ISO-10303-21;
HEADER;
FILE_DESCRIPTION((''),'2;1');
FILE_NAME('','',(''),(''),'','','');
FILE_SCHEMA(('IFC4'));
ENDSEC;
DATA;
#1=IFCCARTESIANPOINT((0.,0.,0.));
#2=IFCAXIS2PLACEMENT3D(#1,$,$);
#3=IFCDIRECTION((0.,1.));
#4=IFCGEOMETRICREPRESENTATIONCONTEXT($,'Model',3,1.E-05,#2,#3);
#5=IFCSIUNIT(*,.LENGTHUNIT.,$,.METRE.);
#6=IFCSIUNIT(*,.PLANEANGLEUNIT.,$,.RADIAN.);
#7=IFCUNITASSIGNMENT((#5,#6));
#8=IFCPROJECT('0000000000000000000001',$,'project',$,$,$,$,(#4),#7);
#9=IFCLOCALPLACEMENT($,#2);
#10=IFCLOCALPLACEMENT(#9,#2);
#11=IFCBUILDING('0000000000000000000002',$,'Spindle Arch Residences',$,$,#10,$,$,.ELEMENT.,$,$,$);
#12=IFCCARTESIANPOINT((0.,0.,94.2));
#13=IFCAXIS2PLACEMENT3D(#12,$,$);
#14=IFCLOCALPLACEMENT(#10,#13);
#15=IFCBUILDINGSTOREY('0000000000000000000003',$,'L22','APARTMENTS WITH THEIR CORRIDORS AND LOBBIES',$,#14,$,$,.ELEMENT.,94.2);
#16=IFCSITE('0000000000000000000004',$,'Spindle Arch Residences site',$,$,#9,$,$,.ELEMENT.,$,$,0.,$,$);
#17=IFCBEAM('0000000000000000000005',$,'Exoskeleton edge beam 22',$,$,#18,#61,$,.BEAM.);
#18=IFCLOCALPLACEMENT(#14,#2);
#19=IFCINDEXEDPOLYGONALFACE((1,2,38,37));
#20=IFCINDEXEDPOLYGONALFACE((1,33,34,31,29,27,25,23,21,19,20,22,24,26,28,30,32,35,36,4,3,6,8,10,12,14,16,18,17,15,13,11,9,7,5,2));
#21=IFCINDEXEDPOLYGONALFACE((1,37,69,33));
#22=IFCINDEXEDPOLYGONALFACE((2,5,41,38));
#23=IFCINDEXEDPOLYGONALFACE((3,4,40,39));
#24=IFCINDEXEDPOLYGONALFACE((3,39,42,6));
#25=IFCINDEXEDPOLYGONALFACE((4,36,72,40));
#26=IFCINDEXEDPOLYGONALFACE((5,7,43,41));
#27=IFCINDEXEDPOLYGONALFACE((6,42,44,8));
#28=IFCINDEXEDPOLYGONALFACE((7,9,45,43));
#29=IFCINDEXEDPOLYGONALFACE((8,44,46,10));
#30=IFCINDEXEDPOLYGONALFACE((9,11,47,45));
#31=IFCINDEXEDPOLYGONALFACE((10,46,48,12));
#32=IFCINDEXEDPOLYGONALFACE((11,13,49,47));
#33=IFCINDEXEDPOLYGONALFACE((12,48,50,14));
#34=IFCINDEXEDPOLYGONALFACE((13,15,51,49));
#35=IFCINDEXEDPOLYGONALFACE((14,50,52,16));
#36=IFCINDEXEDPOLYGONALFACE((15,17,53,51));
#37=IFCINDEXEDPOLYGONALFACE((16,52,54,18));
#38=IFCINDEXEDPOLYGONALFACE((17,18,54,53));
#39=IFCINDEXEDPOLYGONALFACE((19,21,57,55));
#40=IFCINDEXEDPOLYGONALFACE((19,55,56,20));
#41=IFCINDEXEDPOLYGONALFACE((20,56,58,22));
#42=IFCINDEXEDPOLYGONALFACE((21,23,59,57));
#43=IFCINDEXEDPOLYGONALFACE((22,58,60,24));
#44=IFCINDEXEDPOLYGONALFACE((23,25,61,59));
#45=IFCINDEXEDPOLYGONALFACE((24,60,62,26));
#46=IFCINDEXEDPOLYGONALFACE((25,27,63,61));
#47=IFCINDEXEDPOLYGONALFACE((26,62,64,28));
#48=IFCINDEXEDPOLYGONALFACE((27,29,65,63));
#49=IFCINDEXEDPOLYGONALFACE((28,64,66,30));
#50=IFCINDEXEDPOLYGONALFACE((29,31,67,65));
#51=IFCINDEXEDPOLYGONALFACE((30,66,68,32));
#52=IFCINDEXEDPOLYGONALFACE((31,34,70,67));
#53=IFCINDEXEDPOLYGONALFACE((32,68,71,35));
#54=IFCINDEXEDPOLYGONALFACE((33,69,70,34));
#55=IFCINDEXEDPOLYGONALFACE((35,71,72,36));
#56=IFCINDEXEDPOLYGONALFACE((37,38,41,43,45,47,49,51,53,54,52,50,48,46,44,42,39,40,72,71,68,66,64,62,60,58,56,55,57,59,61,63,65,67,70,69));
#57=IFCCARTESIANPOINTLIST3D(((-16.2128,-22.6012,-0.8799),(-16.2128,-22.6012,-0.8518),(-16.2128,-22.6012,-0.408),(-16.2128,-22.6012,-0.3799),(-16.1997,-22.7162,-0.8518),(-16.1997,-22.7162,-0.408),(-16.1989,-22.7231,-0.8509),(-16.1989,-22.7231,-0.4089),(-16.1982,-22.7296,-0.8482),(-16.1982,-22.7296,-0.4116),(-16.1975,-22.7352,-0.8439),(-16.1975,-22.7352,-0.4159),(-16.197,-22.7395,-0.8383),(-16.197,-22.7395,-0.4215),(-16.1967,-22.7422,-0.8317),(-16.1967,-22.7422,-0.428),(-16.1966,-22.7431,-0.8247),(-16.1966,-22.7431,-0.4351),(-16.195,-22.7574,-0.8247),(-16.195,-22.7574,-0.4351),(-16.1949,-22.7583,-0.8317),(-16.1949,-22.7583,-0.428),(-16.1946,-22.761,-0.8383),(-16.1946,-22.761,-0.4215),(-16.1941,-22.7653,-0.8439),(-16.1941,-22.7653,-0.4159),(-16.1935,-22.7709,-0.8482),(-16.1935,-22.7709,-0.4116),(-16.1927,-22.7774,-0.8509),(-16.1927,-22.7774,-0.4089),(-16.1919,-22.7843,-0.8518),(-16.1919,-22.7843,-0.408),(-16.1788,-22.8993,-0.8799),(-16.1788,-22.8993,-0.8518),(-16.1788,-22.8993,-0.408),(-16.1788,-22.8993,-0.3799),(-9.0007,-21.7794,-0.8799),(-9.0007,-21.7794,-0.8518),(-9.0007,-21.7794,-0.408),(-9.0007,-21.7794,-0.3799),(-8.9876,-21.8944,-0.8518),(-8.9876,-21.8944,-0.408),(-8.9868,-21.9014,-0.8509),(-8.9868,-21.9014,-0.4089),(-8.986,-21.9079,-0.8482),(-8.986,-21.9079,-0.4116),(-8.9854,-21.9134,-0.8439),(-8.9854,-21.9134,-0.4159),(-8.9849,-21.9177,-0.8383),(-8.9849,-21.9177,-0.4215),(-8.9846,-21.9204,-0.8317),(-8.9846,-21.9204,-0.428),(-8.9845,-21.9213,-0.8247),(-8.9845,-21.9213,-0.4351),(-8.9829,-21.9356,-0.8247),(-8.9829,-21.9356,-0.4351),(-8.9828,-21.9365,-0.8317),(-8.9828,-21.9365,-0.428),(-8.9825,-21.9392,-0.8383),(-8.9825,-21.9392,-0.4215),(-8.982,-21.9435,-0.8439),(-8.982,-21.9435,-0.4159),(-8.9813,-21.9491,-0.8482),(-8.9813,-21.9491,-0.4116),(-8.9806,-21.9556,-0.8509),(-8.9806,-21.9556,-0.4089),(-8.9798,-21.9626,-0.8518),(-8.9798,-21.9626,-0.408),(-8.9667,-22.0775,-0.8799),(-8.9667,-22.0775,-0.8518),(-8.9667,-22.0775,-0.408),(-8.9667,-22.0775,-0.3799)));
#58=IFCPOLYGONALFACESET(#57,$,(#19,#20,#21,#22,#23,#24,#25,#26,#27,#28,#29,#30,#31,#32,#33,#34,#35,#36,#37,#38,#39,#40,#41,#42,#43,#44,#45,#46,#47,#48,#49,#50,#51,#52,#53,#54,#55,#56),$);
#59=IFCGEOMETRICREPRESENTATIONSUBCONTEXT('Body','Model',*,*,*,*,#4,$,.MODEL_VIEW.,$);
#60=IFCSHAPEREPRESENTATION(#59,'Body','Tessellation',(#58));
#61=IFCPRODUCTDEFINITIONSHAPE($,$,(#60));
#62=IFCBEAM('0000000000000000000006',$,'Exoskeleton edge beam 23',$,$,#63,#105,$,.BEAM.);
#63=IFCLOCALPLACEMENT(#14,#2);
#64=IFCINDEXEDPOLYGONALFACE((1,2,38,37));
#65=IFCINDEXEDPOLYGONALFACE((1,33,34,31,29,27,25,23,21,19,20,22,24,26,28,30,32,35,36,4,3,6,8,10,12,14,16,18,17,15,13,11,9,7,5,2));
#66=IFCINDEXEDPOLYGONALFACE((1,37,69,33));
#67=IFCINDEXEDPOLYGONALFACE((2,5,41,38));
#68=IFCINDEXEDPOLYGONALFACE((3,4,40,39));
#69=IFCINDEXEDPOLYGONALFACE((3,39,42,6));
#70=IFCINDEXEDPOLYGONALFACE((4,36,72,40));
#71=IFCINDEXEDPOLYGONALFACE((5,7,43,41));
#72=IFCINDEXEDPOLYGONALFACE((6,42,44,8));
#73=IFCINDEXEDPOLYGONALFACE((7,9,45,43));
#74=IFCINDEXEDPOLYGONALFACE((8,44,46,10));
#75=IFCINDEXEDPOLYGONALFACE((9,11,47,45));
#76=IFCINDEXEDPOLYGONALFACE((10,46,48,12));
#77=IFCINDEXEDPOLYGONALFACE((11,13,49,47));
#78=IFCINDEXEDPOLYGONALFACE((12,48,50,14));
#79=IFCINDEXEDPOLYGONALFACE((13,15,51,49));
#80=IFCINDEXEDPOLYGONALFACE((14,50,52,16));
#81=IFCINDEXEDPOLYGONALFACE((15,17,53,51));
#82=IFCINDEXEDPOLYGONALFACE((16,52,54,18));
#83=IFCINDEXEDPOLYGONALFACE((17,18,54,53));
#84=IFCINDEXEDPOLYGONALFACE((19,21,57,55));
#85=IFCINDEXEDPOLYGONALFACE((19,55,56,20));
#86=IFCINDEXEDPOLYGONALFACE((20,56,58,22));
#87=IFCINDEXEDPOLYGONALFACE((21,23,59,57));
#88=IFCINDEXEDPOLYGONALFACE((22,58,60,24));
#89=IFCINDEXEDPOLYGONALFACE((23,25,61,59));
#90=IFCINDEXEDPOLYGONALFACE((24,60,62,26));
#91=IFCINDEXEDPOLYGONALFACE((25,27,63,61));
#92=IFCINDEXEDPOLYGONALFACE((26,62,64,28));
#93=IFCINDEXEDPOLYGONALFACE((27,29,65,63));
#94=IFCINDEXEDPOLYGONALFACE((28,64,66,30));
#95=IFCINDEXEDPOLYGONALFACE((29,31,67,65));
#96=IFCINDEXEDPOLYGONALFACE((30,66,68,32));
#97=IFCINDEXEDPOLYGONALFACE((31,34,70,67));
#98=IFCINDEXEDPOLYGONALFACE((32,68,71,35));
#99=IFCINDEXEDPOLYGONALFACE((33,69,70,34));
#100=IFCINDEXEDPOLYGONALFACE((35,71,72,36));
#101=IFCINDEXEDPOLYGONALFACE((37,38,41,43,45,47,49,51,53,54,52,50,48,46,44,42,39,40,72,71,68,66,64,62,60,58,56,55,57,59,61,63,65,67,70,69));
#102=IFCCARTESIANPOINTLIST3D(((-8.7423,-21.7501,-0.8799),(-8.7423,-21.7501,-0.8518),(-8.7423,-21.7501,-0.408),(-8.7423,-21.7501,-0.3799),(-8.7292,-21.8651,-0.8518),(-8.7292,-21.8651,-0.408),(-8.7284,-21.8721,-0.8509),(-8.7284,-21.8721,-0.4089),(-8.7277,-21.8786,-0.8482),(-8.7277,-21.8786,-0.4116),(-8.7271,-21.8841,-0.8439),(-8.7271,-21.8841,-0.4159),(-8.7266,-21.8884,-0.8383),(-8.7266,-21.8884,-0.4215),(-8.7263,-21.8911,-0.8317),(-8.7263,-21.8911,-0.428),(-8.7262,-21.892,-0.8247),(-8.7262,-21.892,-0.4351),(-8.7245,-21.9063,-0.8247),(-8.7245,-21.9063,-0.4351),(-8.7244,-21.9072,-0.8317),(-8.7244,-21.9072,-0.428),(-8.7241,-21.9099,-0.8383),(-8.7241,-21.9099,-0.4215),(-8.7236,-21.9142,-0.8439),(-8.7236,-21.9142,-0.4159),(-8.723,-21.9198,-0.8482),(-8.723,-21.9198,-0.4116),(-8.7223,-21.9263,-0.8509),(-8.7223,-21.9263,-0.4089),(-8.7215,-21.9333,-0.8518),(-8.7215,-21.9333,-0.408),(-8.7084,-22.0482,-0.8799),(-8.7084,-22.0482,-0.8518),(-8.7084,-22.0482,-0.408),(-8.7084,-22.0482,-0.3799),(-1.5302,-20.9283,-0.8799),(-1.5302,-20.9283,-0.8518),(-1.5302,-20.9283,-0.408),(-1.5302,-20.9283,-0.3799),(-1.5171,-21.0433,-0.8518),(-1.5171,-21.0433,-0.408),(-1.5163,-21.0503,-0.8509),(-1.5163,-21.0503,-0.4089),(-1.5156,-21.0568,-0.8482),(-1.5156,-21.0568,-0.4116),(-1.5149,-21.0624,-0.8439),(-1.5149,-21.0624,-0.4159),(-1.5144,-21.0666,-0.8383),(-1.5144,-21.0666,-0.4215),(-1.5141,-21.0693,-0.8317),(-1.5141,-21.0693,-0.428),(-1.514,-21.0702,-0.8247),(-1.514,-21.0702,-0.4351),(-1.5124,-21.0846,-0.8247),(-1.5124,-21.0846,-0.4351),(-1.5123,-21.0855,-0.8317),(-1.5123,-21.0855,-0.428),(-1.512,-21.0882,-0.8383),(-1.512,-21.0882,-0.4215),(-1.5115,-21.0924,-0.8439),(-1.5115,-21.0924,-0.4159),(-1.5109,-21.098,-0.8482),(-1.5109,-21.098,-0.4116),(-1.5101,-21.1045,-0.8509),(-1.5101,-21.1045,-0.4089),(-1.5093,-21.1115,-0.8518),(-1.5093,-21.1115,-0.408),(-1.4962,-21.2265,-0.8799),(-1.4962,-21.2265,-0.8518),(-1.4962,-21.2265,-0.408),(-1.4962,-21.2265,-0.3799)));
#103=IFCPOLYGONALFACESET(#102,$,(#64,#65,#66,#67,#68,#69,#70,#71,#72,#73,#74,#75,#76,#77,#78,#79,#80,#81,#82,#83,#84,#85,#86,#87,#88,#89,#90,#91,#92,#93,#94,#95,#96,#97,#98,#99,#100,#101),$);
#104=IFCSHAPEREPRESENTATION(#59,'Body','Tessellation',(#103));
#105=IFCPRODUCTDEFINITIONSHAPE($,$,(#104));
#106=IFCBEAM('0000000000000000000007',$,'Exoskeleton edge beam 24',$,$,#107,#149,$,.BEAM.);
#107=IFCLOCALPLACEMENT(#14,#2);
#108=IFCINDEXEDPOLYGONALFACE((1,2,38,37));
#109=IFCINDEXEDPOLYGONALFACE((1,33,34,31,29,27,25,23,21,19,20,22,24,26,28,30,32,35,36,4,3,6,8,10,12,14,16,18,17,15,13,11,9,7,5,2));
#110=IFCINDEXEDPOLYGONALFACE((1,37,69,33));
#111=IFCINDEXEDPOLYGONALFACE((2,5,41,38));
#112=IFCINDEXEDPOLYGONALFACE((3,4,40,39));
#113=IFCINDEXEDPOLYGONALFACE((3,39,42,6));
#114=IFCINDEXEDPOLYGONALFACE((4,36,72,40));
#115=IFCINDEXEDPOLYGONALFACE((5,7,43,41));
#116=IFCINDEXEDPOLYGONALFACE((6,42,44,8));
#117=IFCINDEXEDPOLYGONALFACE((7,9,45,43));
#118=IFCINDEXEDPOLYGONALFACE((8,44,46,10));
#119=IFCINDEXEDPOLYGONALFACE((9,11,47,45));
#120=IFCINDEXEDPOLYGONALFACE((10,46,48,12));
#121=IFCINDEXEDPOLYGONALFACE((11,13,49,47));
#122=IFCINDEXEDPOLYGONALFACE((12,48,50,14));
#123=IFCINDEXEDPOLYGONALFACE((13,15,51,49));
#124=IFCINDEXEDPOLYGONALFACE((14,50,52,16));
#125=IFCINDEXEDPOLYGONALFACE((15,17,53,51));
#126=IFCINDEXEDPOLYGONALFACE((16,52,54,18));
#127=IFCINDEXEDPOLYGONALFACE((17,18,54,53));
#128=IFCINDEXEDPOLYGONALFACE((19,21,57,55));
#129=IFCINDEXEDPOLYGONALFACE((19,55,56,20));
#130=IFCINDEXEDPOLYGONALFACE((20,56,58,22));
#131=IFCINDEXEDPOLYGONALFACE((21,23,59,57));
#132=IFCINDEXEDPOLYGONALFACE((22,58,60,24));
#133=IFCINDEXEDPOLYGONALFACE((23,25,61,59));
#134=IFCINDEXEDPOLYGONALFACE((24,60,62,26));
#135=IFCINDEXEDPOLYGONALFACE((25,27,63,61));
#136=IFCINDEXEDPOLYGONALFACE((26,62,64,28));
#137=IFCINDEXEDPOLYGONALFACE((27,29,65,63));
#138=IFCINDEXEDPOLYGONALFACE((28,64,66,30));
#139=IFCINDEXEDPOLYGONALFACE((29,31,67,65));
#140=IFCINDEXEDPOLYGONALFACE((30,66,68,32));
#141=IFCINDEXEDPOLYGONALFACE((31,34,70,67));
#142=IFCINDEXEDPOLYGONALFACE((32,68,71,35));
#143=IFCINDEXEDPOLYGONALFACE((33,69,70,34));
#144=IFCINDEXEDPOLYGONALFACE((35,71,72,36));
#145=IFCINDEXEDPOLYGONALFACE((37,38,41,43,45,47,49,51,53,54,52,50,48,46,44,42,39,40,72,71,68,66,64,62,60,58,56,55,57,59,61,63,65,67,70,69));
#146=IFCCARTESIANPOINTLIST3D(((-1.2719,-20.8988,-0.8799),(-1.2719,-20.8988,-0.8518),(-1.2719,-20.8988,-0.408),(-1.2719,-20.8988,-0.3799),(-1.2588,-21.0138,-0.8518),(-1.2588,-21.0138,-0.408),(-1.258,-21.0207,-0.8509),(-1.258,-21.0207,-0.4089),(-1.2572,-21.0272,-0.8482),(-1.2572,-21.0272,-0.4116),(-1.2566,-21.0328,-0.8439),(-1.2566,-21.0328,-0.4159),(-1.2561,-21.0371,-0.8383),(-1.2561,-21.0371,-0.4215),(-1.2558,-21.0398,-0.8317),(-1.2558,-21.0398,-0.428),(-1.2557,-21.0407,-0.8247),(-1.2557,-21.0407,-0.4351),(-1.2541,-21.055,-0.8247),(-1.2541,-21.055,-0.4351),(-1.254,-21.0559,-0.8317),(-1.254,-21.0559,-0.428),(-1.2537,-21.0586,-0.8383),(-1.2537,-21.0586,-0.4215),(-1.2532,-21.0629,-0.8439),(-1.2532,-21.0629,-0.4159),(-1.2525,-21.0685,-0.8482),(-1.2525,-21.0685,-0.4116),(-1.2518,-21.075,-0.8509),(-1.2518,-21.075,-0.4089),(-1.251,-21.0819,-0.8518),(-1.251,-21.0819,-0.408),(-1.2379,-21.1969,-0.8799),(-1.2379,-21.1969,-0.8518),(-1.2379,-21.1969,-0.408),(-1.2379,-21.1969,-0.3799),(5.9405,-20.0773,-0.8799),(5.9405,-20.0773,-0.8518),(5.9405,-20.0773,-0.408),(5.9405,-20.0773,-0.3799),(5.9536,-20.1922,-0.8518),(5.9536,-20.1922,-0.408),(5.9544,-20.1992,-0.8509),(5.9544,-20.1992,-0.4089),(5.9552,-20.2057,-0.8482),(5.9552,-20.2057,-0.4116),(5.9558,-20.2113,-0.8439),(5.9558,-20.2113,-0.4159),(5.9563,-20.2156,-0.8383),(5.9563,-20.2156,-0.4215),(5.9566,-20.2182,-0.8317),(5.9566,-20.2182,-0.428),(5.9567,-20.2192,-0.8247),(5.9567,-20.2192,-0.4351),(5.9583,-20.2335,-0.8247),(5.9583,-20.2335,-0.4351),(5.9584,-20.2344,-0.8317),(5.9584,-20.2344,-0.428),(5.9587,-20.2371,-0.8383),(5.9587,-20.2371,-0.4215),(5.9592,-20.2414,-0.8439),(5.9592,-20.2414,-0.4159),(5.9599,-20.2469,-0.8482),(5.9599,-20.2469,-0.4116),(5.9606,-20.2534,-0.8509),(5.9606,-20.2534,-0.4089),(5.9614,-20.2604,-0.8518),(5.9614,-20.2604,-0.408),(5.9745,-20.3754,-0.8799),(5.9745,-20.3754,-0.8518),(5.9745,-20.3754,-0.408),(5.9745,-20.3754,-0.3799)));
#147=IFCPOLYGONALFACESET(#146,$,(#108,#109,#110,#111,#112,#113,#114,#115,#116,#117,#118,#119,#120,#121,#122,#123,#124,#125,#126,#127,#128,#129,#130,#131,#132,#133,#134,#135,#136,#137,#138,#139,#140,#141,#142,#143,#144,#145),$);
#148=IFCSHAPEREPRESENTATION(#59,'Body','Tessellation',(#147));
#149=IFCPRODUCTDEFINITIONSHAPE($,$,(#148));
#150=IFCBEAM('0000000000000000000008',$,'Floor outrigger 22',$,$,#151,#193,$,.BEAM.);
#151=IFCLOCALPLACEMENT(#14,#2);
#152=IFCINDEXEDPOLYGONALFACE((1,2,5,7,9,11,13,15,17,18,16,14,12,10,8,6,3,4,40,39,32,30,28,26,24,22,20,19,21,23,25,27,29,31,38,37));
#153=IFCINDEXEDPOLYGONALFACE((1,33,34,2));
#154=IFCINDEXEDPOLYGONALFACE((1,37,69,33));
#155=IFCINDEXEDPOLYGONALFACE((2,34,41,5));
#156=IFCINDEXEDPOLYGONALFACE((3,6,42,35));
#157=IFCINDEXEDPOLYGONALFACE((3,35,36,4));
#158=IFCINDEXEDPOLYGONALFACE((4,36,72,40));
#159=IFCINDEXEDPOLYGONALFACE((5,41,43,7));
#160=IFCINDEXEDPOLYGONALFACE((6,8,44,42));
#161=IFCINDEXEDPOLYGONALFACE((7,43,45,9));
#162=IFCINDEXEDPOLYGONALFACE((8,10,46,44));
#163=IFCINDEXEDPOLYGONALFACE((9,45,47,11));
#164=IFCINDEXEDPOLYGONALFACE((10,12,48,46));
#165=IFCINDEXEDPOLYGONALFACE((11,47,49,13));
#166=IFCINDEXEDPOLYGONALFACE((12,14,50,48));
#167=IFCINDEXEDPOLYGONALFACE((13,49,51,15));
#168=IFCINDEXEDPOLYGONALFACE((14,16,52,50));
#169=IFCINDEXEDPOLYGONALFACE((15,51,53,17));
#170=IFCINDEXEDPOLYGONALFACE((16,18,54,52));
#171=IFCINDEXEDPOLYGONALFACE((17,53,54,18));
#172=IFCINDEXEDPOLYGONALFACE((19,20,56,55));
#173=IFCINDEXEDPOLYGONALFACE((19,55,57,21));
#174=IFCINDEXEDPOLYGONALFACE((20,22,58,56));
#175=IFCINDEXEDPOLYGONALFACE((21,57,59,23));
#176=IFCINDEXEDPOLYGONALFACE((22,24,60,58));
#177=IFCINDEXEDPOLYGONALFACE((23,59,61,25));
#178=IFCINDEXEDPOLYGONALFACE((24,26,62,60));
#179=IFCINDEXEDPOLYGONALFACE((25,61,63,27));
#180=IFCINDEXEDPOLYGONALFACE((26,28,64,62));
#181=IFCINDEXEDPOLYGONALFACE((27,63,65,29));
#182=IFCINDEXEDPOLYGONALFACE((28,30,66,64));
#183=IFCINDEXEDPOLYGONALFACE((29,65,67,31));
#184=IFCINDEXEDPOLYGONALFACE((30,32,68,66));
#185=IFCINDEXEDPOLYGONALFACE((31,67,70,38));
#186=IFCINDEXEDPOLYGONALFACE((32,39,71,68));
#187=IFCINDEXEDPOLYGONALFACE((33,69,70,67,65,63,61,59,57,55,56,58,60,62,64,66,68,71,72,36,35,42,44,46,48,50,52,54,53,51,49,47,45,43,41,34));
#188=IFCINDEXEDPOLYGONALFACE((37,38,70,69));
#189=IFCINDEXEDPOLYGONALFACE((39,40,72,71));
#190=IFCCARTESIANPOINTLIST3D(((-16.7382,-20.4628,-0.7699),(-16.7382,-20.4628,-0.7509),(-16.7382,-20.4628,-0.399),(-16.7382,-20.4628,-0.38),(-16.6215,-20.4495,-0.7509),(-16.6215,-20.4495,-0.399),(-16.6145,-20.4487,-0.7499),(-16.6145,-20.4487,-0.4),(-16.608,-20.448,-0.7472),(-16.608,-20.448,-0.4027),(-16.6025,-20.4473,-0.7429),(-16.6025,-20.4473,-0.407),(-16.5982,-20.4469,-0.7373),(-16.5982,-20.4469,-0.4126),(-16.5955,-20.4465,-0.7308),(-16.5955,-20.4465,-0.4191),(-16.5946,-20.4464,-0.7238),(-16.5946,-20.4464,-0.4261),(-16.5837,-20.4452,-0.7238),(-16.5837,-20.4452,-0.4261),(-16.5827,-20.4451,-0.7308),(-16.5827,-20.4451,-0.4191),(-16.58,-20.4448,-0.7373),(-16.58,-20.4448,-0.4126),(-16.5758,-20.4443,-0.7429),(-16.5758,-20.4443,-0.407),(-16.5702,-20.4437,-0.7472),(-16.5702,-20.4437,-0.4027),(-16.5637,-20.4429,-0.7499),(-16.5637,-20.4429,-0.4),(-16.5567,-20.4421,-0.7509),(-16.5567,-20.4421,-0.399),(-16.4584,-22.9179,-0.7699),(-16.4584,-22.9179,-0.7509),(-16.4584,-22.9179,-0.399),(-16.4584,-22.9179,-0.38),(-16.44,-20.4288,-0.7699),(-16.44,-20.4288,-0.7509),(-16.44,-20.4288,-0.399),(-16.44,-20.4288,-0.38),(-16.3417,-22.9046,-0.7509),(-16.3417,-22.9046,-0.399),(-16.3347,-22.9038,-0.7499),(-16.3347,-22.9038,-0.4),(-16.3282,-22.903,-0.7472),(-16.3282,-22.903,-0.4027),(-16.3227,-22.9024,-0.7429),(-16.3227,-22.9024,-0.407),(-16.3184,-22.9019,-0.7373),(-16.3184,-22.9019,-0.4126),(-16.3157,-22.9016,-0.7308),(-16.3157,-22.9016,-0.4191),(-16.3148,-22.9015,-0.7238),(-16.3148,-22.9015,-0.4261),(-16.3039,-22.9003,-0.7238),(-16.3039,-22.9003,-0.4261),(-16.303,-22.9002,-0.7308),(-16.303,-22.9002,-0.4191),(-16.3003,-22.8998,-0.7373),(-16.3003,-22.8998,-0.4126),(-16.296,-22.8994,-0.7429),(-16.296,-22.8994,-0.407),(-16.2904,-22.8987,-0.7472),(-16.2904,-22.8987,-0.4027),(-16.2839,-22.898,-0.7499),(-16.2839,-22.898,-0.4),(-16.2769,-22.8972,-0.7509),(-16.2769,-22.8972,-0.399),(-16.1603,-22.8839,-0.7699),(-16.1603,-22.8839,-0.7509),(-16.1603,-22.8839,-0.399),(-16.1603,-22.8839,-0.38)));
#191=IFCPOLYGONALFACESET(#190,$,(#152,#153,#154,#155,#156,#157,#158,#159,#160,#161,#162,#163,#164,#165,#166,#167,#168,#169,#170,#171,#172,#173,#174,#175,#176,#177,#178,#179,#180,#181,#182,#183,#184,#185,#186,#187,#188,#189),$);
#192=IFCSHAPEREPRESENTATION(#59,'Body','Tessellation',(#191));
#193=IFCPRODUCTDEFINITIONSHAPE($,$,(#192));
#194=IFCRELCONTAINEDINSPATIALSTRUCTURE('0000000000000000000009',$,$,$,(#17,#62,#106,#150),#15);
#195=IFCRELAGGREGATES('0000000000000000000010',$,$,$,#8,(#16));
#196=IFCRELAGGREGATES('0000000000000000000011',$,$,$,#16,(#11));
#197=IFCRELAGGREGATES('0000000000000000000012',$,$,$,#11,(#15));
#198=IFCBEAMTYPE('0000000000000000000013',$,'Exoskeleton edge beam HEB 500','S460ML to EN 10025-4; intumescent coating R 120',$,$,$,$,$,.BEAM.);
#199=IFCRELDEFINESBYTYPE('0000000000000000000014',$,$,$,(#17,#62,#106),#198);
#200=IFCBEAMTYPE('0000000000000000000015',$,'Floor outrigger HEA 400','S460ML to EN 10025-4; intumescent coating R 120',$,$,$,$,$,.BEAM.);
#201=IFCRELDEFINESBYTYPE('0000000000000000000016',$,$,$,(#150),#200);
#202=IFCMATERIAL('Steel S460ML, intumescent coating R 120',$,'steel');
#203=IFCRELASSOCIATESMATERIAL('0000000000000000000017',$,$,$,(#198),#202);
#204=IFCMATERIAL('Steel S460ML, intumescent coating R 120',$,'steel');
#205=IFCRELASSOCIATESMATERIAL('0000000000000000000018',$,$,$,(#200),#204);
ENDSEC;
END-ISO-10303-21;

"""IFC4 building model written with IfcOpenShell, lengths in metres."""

from ifc_helpers import new_model, si_unit, direction, frame, origin, origin_2d, place, context, subcontext, project, spatial, i_section, extrude, material, material_profile, profile_set, type_object, element, save


model = new_model("IFC4")

# Units and contexts
model_context = context("Model", 3, precision=1e-05, world=origin(), true_north=direction((0.0, 1.0)))
body_context = subcontext(model_context, "Body", "Model", "MODEL_VIEW")
ifc_project = project(units=[si_unit("LENGTHUNIT", "METRE"), si_unit("PLANEANGLEUNIT", "RADIAN")], contexts=[model_context])

# Site, building, storey
site_placement = place(None, origin())
site = spatial("IfcSite", under=ifc_project, at=site_placement, Name="Spindle Arch Residences site", CompositionType="ELEMENT", RefElevation=0.0)
building_placement = place(site_placement, origin())
building = spatial("IfcBuilding", under=site, at=building_placement, Name="Spindle Arch Residences", CompositionType="ELEMENT")
storey_placement = place(building_placement, frame((0.0, 0.0, 94.2)))
storey = spatial("IfcBuildingStorey", under=building, at=storey_placement, Name="L22", Description="APARTMENTS WITH THEIR CORRIDORS AND LOBBIES", CompositionType="ELEMENT", Elevation=94.2)

# Beams
ifc_material_1 = material(Name="Steel S460ML, intumescent coating R 120", Category="steel")
ifc_material_profile_1 = material_profile(ifc_material_1, i_section(OverallWidth=0.3, OverallDepth=0.5, WebThickness=0.0144, FlangeThickness=0.0281, FilletRadius=0.0271, at=origin_2d()), Name="HEB 500")
ifc_profile_set_1 = profile_set([ifc_material_profile_1], Name="Steel S460ML, intumescent coating R 120")
beam_type_1 = type_object("IfcBeamType", Name="Exoskeleton edge beam HEB 500", Description="S460ML to EN 10025-4; intumescent coating R 120", PredefinedType="BEAM", material=ifc_profile_set_1)
for number, where, z_axis, x_axis, name in (
    (1, (-16.1958, -22.7502, -0.6299), (0.993571, 0.113211, 0.0), (-0.113211, 0.993571, 0.0), "Exoskeleton edge beam 22"),
    (2, (-8.7253, -21.8992, -0.6299), (0.993571, 0.113211, 0.0), (-0.113211, 0.993571, 0.0), "Exoskeleton edge beam 23"),
):
    element("IfcBeam", number, at=place(storey_placement, frame(where, z_axis=z_axis, x_axis=x_axis)), inside=storey, type_object=beam_type_1, Name=name, PredefinedType="BEAM", context=body_context, shape_type="SweptSolid", body=[
        extrude(i_section(OverallWidth=0.3, OverallDepth=0.5, WebThickness=0.0144, FlangeThickness=0.0281, FilletRadius=0.0271, at=origin_2d()), origin(), (0.0, 0.0, 1.0), 7.2588),
    ])
beam_1_placement = place(storey_placement, frame((-1.2549, -21.0479, -0.6299), z_axis=(0.993575, 0.113174, 0.0), x_axis=(-0.113174, 0.993575, 0.0)))
element("IfcBeam", 3, at=beam_1_placement, inside=storey, type_object=beam_type_1, Name="Exoskeleton edge beam 24", PredefinedType="BEAM", context=body_context, shape_type="SweptSolid", body=[
    extrude(i_section(OverallWidth=0.3, OverallDepth=0.5, WebThickness=0.0144, FlangeThickness=0.0281, FilletRadius=0.0271, at=origin_2d()), origin(), (0.0, 0.0, 1.0), 7.259),
])
ifc_material_2 = material(Name="Steel S460ML, intumescent coating R 120", Category="steel")
ifc_material_profile_2 = material_profile(ifc_material_2, i_section(OverallWidth=0.3, OverallDepth=0.3899, WebThickness=0.011, FlangeThickness=0.019, FilletRadius=0.0271, at=origin_2d()), Name="HEA 400")
ifc_profile_set_2 = profile_set([ifc_material_profile_2], Name="Steel S460ML, intumescent coating R 120")
beam_type_2 = type_object("IfcBeamType", Name="Floor outrigger HEA 400", Description="S460ML to EN 10025-4; intumescent coating R 120", PredefinedType="BEAM", material=ifc_profile_set_2)
beam_2_placement = place(storey_placement, frame((-16.3093, -22.9009, -0.575), z_axis=(-0.113229, 0.993569, 0.0), x_axis=(-0.993569, -0.113229, 0.0)))
element("IfcBeam", 4, at=beam_2_placement, inside=storey, type_object=beam_type_2, Name="Floor outrigger 22", PredefinedType="BEAM", context=body_context, shape_type="SweptSolid", body=[
    extrude(i_section(OverallWidth=0.3, OverallDepth=0.3899, WebThickness=0.011, FlangeThickness=0.019, FilletRadius=0.0271, at=origin_2d()), origin(), (0.0, 0.0, 1.0), 2.4709),
])

save(model, "model.ifc")
